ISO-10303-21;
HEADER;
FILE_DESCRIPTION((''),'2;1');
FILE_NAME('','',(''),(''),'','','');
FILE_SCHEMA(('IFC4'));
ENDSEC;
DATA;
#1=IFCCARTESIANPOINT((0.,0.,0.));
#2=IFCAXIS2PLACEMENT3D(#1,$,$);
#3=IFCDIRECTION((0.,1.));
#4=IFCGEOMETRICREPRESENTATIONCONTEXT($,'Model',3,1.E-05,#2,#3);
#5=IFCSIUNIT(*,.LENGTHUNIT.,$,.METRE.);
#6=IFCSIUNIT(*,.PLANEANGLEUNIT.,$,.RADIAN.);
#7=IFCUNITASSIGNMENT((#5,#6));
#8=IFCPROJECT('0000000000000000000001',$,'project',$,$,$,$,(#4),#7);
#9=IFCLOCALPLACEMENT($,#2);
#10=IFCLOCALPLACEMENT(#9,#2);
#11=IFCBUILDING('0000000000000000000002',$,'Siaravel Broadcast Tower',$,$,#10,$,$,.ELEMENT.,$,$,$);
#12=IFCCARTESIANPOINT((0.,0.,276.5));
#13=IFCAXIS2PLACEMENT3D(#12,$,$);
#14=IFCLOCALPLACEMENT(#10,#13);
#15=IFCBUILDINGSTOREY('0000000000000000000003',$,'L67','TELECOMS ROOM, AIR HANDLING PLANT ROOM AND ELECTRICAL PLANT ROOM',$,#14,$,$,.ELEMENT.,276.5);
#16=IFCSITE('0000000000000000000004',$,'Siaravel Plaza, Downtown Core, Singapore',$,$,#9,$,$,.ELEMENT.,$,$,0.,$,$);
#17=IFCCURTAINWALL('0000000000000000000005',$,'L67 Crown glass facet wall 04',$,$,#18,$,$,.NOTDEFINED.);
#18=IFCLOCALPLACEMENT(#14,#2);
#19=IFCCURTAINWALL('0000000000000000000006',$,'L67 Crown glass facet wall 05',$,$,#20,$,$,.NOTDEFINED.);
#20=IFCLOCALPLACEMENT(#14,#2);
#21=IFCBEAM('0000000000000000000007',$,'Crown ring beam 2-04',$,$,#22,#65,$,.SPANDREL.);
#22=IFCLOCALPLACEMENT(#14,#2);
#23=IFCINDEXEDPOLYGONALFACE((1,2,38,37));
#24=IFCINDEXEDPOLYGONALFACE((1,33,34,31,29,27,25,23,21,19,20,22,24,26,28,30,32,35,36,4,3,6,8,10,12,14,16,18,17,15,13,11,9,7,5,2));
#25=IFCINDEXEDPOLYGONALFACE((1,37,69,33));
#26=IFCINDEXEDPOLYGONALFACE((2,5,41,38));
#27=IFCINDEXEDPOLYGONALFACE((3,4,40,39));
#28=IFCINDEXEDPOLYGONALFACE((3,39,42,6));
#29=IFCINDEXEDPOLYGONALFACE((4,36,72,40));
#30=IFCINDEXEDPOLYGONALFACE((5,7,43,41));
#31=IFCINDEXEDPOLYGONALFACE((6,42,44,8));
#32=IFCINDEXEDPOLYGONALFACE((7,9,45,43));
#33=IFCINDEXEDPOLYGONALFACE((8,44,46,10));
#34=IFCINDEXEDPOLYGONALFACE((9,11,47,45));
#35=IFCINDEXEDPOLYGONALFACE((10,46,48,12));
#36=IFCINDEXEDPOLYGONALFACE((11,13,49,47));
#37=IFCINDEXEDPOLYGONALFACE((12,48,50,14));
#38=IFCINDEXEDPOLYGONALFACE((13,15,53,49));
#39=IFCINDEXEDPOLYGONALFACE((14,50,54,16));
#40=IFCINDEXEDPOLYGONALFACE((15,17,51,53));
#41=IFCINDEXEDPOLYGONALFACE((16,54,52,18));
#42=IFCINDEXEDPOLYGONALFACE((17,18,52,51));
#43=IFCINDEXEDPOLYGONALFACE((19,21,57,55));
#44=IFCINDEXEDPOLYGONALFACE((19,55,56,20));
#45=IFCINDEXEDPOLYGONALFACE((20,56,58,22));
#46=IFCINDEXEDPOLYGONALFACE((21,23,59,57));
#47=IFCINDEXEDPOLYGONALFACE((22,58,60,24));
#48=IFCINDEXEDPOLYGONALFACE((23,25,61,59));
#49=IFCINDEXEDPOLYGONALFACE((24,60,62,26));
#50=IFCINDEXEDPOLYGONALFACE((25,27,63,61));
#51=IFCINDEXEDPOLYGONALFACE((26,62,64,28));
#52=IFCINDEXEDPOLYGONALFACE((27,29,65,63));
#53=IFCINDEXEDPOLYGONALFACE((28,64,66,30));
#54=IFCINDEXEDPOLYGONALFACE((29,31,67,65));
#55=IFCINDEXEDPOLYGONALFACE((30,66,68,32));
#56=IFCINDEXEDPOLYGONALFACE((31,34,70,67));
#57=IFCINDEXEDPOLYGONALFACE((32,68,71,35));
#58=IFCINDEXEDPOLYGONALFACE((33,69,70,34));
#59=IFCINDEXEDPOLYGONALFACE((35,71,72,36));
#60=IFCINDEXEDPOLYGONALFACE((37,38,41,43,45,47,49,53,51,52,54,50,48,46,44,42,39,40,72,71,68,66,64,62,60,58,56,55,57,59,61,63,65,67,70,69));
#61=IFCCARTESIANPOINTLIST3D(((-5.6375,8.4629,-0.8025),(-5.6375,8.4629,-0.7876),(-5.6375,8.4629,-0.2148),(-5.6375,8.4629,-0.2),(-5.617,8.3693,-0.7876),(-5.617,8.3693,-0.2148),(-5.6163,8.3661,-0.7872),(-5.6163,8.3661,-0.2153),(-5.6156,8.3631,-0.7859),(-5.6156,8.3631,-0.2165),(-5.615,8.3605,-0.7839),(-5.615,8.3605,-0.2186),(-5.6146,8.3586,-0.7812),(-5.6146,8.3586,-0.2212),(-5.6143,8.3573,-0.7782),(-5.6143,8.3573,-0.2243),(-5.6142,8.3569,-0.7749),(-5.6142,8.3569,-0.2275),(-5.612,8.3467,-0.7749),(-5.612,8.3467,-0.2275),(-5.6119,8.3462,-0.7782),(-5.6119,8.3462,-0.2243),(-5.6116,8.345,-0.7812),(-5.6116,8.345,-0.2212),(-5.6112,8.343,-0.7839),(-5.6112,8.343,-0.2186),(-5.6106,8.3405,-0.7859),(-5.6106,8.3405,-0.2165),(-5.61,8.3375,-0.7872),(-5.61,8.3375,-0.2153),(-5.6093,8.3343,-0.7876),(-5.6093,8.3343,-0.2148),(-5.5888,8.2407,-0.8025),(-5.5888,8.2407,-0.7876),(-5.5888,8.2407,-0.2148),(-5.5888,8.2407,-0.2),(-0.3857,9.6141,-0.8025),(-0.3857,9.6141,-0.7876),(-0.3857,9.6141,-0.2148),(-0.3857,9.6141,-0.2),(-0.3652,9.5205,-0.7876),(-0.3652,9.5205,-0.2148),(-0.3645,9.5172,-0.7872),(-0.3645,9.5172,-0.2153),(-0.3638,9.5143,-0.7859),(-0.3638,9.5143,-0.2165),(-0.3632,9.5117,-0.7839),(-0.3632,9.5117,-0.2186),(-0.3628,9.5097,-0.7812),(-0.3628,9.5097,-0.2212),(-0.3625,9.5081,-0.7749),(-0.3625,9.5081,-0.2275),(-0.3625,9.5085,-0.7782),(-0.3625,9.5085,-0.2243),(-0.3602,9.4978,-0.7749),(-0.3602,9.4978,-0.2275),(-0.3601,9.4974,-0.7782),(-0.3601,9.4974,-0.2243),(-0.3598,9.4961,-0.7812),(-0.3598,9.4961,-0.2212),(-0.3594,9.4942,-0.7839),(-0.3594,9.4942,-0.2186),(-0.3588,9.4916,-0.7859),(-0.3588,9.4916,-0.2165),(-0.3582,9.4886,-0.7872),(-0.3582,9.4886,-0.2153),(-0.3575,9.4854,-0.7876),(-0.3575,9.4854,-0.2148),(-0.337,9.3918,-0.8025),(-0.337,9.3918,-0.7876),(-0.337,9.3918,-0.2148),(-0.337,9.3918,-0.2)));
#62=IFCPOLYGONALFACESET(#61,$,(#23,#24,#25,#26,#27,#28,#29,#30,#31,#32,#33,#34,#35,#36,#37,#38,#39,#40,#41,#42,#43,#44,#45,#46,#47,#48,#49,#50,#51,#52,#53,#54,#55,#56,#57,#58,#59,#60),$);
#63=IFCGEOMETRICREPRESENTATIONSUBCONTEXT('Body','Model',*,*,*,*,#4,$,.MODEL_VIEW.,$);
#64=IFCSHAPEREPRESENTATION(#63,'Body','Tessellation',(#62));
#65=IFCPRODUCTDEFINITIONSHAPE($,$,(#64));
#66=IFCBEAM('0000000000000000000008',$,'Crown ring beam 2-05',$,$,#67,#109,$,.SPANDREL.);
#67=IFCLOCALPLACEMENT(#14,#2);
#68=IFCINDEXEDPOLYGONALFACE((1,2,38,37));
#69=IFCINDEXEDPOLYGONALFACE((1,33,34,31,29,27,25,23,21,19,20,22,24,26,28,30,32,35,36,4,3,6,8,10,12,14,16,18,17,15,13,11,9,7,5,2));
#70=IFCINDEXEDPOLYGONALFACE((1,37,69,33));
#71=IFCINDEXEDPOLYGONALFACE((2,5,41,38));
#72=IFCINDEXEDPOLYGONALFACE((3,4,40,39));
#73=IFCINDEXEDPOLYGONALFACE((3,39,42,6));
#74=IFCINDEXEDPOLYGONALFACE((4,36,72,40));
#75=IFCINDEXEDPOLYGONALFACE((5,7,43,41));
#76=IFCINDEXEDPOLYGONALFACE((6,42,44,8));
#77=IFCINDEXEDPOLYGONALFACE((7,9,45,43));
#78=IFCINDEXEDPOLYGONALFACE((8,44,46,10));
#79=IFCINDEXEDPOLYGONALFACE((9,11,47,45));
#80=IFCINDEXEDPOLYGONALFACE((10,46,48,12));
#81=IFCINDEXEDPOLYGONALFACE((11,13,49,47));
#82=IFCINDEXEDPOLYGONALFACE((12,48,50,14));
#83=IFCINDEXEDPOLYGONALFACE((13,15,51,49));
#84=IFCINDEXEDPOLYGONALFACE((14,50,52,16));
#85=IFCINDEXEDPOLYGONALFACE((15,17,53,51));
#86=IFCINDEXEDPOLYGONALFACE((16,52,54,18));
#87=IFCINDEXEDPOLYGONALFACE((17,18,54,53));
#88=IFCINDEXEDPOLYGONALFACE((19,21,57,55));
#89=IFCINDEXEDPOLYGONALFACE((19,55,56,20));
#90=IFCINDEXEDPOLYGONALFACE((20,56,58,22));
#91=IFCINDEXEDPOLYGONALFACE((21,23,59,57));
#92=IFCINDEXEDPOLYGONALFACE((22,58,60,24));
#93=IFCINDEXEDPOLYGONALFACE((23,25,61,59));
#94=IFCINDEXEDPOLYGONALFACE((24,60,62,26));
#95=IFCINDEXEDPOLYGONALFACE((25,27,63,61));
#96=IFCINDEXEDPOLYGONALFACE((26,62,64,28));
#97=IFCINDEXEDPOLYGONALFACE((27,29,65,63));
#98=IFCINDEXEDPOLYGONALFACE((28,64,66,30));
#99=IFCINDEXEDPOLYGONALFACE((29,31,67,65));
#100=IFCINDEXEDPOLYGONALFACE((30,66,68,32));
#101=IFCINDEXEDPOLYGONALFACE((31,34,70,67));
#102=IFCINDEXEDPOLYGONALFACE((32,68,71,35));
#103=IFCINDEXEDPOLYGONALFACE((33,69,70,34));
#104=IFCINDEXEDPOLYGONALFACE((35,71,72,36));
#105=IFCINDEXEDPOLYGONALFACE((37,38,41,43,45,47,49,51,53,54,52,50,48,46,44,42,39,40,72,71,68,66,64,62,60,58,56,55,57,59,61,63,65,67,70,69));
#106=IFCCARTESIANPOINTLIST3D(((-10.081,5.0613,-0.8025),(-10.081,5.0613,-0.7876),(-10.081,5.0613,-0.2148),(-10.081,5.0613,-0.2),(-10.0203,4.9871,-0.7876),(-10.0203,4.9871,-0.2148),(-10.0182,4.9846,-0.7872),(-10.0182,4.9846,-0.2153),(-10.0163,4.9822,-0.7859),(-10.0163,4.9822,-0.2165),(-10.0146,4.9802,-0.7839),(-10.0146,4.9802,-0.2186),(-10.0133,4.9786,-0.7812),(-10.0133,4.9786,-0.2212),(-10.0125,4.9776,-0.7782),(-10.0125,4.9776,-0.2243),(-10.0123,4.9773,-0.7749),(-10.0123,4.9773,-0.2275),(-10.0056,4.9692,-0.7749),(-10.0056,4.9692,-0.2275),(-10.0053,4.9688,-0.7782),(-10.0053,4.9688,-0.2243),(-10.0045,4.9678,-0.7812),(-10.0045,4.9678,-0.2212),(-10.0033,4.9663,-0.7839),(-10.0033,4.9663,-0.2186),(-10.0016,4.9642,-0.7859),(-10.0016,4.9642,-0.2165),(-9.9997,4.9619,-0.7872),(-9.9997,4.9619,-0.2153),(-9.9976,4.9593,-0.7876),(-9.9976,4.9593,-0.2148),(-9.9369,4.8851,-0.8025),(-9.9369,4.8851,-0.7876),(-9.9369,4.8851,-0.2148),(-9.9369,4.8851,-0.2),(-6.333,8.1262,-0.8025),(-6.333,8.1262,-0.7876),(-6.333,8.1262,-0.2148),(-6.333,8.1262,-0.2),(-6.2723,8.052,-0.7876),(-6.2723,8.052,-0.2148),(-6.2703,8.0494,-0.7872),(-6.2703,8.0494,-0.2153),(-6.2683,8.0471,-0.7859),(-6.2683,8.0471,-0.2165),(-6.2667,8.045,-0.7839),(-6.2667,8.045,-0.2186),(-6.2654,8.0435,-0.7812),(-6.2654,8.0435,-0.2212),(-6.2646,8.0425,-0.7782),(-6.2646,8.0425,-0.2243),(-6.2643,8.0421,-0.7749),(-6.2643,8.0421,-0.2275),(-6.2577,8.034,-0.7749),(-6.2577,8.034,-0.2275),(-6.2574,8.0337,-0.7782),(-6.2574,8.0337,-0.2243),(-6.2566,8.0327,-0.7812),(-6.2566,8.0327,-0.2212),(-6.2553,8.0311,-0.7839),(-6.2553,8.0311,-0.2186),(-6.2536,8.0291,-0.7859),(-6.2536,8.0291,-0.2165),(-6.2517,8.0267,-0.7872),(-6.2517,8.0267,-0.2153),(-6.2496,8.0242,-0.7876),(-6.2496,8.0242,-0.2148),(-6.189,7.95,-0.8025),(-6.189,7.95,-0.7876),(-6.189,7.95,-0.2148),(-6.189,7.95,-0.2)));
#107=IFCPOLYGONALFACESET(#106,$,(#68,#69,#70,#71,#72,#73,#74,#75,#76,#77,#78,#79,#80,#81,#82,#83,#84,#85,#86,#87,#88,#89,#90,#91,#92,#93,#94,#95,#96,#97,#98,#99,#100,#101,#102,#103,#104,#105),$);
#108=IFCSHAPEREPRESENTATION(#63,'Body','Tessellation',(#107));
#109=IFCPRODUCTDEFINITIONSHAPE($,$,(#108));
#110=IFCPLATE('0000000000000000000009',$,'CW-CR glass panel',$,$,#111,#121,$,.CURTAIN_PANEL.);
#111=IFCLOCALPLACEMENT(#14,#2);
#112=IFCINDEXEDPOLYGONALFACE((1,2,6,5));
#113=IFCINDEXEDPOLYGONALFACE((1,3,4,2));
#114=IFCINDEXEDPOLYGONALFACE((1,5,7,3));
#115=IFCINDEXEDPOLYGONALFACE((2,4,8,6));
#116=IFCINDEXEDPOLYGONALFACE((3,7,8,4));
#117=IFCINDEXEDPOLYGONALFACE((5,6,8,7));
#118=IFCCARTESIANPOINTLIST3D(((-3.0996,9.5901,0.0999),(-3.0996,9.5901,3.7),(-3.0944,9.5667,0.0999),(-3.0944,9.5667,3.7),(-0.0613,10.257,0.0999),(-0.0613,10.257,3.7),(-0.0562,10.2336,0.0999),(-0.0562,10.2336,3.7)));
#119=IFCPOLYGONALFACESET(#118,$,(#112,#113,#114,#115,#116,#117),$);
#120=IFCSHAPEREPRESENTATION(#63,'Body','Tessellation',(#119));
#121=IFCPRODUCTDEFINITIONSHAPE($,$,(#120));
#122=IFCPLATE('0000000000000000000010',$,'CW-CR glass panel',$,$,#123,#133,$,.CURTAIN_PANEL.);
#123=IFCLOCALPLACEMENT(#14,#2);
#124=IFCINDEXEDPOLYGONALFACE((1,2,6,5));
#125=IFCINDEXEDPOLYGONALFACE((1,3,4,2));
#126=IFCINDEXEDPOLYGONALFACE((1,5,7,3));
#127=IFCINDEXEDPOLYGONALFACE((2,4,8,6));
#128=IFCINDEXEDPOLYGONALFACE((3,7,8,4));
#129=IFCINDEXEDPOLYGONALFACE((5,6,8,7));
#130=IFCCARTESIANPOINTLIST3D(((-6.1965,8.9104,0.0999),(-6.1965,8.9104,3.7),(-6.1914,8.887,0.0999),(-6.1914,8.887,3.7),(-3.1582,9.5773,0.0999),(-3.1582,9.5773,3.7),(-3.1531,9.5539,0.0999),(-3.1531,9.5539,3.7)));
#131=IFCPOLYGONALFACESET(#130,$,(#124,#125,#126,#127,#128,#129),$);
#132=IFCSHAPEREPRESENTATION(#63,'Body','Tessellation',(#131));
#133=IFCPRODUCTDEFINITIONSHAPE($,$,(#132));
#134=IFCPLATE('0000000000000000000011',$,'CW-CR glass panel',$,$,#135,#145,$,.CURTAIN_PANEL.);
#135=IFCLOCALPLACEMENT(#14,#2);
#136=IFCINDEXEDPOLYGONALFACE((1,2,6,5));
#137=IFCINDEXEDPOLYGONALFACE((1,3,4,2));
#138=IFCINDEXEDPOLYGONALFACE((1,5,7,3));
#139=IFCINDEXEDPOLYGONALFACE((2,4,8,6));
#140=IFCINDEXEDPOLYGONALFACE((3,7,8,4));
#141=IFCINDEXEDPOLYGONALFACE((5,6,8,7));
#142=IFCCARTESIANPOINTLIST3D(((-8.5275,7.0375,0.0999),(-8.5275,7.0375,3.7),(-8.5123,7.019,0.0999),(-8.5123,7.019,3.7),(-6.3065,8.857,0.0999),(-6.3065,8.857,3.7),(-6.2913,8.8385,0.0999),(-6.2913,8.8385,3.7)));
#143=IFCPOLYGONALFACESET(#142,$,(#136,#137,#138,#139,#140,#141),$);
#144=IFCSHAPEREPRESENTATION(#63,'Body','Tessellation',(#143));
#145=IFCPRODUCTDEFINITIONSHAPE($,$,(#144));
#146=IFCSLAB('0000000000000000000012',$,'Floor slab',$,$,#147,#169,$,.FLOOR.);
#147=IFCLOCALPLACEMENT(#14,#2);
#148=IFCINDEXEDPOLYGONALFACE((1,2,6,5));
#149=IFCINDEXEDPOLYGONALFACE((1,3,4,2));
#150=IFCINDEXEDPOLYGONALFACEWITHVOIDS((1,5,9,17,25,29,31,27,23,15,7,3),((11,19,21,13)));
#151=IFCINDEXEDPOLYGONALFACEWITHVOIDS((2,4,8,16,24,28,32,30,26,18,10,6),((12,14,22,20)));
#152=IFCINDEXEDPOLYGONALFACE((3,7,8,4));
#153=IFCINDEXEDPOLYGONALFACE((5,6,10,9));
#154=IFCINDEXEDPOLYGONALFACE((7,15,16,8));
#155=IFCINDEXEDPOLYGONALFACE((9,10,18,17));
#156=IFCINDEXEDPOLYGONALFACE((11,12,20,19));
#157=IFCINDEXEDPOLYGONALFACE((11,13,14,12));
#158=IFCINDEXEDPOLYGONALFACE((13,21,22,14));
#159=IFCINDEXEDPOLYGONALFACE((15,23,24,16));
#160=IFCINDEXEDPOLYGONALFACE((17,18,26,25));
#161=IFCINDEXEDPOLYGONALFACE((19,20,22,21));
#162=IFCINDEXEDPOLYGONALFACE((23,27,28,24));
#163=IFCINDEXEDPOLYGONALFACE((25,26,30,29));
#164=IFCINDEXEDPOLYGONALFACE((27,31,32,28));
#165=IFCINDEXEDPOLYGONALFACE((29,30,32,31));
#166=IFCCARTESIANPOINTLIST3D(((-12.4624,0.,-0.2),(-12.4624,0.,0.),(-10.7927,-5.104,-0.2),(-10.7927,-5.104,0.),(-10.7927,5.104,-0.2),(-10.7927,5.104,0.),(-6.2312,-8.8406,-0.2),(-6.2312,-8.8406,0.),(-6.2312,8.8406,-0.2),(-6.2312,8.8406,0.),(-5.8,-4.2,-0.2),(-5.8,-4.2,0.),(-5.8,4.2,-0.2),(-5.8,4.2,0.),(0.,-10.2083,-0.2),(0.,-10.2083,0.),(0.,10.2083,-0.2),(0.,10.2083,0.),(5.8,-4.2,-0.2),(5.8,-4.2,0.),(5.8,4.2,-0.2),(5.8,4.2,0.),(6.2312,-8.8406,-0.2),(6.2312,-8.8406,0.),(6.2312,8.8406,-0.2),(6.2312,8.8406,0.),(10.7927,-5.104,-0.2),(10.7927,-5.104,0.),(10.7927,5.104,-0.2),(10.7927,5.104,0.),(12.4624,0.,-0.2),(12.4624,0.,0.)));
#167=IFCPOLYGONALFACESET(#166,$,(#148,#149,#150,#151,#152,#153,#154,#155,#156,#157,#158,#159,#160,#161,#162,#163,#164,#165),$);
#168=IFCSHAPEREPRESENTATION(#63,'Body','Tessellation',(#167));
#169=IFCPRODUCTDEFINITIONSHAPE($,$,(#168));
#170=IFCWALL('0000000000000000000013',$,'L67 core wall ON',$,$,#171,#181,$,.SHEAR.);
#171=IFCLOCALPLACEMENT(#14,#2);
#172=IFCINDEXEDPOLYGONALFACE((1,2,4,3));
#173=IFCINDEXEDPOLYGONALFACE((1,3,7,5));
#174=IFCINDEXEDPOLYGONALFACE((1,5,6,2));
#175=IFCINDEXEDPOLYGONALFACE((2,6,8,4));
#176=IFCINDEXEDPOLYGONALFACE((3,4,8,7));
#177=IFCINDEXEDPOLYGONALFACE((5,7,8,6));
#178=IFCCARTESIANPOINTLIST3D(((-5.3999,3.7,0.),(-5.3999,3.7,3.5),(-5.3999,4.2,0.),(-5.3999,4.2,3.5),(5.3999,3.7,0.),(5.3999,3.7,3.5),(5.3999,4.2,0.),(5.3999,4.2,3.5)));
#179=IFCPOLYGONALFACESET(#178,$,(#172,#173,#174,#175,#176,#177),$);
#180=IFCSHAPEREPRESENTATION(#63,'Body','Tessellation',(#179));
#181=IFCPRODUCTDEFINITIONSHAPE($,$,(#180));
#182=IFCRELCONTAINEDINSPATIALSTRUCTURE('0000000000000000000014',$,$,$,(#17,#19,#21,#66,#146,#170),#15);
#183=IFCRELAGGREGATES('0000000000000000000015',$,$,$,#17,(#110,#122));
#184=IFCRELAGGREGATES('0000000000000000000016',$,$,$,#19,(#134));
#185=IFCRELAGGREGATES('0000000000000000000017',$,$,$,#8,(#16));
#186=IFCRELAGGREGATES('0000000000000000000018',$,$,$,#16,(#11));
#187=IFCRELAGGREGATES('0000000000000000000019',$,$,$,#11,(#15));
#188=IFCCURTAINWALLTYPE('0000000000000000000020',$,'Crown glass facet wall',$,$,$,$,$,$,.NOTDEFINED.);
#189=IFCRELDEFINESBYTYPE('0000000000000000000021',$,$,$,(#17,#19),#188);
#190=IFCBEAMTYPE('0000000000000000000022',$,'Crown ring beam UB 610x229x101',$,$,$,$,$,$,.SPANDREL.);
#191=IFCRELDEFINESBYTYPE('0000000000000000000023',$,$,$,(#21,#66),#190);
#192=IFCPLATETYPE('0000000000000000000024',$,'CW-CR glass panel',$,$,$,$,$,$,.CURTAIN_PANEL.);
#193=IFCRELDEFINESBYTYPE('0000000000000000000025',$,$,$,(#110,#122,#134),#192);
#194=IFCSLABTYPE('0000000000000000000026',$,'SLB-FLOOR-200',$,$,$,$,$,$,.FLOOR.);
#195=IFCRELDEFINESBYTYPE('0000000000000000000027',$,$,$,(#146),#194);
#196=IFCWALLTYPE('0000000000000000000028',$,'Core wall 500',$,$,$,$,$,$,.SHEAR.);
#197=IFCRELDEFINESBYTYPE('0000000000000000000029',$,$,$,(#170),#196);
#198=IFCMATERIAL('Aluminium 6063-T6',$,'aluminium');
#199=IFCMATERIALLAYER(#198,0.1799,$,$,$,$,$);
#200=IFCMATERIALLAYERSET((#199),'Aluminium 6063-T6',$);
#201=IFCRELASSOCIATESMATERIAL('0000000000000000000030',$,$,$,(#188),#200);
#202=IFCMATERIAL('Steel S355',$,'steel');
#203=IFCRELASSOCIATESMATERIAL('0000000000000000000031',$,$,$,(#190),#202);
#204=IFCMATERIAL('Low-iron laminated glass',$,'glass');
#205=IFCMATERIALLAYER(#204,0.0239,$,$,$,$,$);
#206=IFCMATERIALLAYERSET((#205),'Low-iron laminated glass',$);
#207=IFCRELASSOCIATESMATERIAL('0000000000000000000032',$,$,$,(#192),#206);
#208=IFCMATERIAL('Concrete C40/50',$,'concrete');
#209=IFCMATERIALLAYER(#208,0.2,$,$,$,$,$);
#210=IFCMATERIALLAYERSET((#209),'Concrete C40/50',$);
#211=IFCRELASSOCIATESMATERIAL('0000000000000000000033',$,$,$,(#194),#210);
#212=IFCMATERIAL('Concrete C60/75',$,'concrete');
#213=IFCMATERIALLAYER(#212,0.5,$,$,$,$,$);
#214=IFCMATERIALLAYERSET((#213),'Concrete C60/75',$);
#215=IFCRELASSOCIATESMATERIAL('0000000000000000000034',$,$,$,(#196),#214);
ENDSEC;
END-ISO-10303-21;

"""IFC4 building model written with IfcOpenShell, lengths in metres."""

from ifc_helpers import new_model, si_unit, direction, frame, frame_2d, origin, origin_2d, place, context, subcontext, project, spatial, polyline, rectangle, i_section, outline, extrude, material, layer, layer_set, material_profile, profile_set, type_object, element, aggregate, save


model = new_model("IFC4")

# Units and contexts
model_context = context("Model", 3, precision=1e-05, world=origin(), true_north=direction((0.0, 1.0)))
body_context = subcontext(model_context, "Body", "Model", "MODEL_VIEW")
ifc_project = project(units=[si_unit("LENGTHUNIT", "METRE"), si_unit("PLANEANGLEUNIT", "RADIAN")], contexts=[model_context])

# Site, building, storey
site_placement = place(None, origin())
site = spatial("IfcSite", under=ifc_project, at=site_placement, Name="Siaravel Plaza, Downtown Core, Singapore", CompositionType="ELEMENT", RefElevation=0.0)
building_placement = place(site_placement, origin())
building = spatial("IfcBuilding", under=site, at=building_placement, Name="Siaravel Broadcast Tower", CompositionType="ELEMENT")
storey_placement = place(building_placement, frame((0.0, 0.0, 276.5)))
storey = spatial("IfcBuildingStorey", under=building, at=storey_placement, Name="L67", Description="TELECOMS ROOM, AIR HANDLING PLANT ROOM AND ELECTRICAL PLANT ROOM", CompositionType="ELEMENT", Elevation=276.5)

# Curtain wall
ifc_material_1 = material(Name="Aluminium 6063-T6", Category="aluminium")
ifc_layer_1 = layer(ifc_material_1, 0.1799)
ifc_layer_set_1 = layer_set([ifc_layer_1], Name="Aluminium 6063-T6")
curtain_wall_type = type_object("IfcCurtainWallType", Name="Crown glass facet wall", PredefinedType="NOTDEFINED", material=ifc_layer_set_1)
curtain_wall_1_placement = place(storey_placement, origin())
curtain_wall_1 = element("IfcCurtainWall", 1, at=curtain_wall_1_placement, inside=storey, type_object=curtain_wall_type, Name="L67 Crown glass facet wall 04", PredefinedType="NOTDEFINED")

# Curtain wall
curtain_wall_2_placement = place(storey_placement, origin())
curtain_wall_2 = element("IfcCurtainWall", 2, at=curtain_wall_2_placement, inside=storey, type_object=curtain_wall_type, Name="L67 Crown glass facet wall 05", PredefinedType="NOTDEFINED")

# Beams
ifc_material_2 = material(Name="Steel S355", Category="steel")
ifc_material_profile_1 = material_profile(ifc_material_2, i_section(OverallWidth=0.2275, OverallDepth=0.6025, WebThickness=0.0105, FlangeThickness=0.0149, FilletRadius=0.0127, at=origin_2d()))
ifc_profile_set_1 = profile_set([ifc_material_profile_1], Name="Steel S355")
beam_type_1 = type_object("IfcBeamType", Name="Crown ring beam UB 610x229x101", PredefinedType="SPANDREL", material=ifc_profile_set_1)
beam_1_placement = place(storey_placement, frame((-0.3613, 9.5029, -0.5012), z_axis=(-0.97681, -0.214107, 0.0), x_axis=(0.214107, -0.97681, 0.0)))
element("IfcBeam", 3, at=beam_1_placement, inside=storey, type_object=beam_type_1, Name="Crown ring beam 2-04", PredefinedType="SPANDREL", context=body_context, shape_type="SweptSolid", body=[
    extrude(i_section(OverallWidth=0.2275, OverallDepth=0.6025, WebThickness=0.0105, FlangeThickness=0.0149, FilletRadius=0.0127, at=origin_2d()), origin(), (0.0, 0.0, 1.0), 5.3765),
])
beam_2_placement = place(storey_placement, frame((-6.261, 8.0381, -0.5012), z_axis=(-0.774124, -0.633035, 0.0), x_axis=(0.633035, -0.774124, 0.0)))
element("IfcBeam", 4, at=beam_2_placement, inside=storey, type_object=beam_type_1, Name="Crown ring beam 2-05", PredefinedType="SPANDREL", context=body_context, shape_type="SweptSolid", body=[
    extrude(i_section(OverallWidth=0.2275, OverallDepth=0.6025, WebThickness=0.0105, FlangeThickness=0.0149, FilletRadius=0.0127, at=origin_2d()), origin(), (0.0, 0.0, 1.0), 4.8416),
])

# Plates
ifc_material_3 = material(Name="Low-iron laminated glass", Category="glass")
ifc_layer_2 = layer(ifc_material_3, 0.0239)
ifc_layer_set_2 = layer_set([ifc_layer_2], Name="Low-iron laminated glass")
plate_type = type_object("IfcPlateType", Name="CW-CR glass panel", PredefinedType="CURTAIN_PANEL", material=ifc_layer_set_2)
plate_1_placement = place(storey_placement, frame((-1.5779, 9.9119, 0.0999), z_axis=(0.0, 0.0, 1.0), x_axis=(-0.976747, -0.214394, 0.0)))
plate_1 = element("IfcPlate", 5, at=plate_1_placement, type_object=plate_type, Name="CW-CR glass panel", PredefinedType="CURTAIN_PANEL", context=body_context, shape_type="SweptSolid", body=[
    extrude(rectangle(XDim=3.1106, YDim=0.0239, at=origin_2d()), origin(), (0.0, 0.0, 1.0), 3.6001),
])
plate_2_placement = place(storey_placement, frame((-4.6748, 9.2322, 0.0999), z_axis=(0.0, 0.0, 1.0), x_axis=(-0.976747, -0.214394, 0.0)))
plate_2 = element("IfcPlate", 6, at=plate_2_placement, type_object=plate_type, Name="CW-CR glass panel", PredefinedType="CURTAIN_PANEL", context=body_context, shape_type="SweptSolid", body=[
    extrude(rectangle(XDim=3.1106, YDim=0.0239, at=origin_2d()), origin(), (0.0, 0.0, 1.0), 3.6001),
])
aggregate(curtain_wall_1, [plate_1, plate_2])
plate_3_placement = place(storey_placement, frame((-7.4094, 7.938, 0.0999), z_axis=(0.0, 0.0, 1.0), x_axis=(-0.773569, -0.633713, 0.0)))
plate_3 = element("IfcPlate", 7, at=plate_3_placement, type_object=plate_type, Name="CW-CR glass panel", PredefinedType="CURTAIN_PANEL", context=body_context, shape_type="SweptSolid", body=[
    extrude(rectangle(XDim=2.8711, YDim=0.0239, at=origin_2d()), origin(), (0.0, 0.0, 1.0), 3.6001),
])
aggregate(curtain_wall_2, [plate_3])

# Slab
ifc_material_4 = material(Name="Concrete C40/50", Category="concrete")
ifc_layer_3 = layer(ifc_material_4, 0.2)
ifc_layer_set_3 = layer_set([ifc_layer_3], Name="Concrete C40/50")
slab_type = type_object("IfcSlabType", Name="SLB-FLOOR-200", PredefinedType="FLOOR", material=ifc_layer_set_3)
slab_placement = place(storey_placement, frame((0.0, 0.0, -0.2)))
element("IfcSlab", 8, at=slab_placement, inside=storey, type_object=slab_type, Name="Floor slab", PredefinedType="FLOOR", context=body_context, shape_type="SweptSolid", body=[
    extrude(outline(polyline([(12.4624, 0.0), (10.7927, 5.104), (6.2312, 8.8406), (0.0, 10.2083), (-6.2312, 8.8406), (-10.7927, 5.104), (-12.4624, 0.0), (-10.7927, -5.104), (-6.2312, -8.8406), (0.0, -10.2083), (6.2312, -8.8406), (10.7927, -5.104), (12.4624, 0.0)]), holes=[polyline([(-5.8, 4.2), (5.8, 4.2), (5.8, -4.2), (-5.8, -4.2), (-5.8, 4.2)])]), origin(), (0.0, 0.0, 1.0), 0.2),
])

# Wall
ifc_material_5 = material(Name="Concrete C60/75", Category="concrete")
ifc_layer_4 = layer(ifc_material_5, 0.5)
ifc_layer_set_4 = layer_set([ifc_layer_4], Name="Concrete C60/75")
wall_type_1 = type_object("IfcWallType", Name="Core wall 500", PredefinedType="SHEAR", material=ifc_layer_set_4)
wall_1_placement = place(storey_placement, frame((-5.3999, 3.95, 0.0), z_axis=(0.0, 0.0, 1.0), x_axis=(1.0, 0.0, 0.0)))
element("IfcWall", 9, at=wall_1_placement, inside=storey, type_object=wall_type_1, Name="L67 core wall ON", PredefinedType="SHEAR", context=body_context, shape_type="SweptSolid", body=[
    extrude(rectangle(XDim=10.7998, YDim=0.5, at=frame_2d((5.3999, 0.0))), origin(), (0.0, 0.0, 1.0), 3.5),
])

save(model, "model.ifc")
